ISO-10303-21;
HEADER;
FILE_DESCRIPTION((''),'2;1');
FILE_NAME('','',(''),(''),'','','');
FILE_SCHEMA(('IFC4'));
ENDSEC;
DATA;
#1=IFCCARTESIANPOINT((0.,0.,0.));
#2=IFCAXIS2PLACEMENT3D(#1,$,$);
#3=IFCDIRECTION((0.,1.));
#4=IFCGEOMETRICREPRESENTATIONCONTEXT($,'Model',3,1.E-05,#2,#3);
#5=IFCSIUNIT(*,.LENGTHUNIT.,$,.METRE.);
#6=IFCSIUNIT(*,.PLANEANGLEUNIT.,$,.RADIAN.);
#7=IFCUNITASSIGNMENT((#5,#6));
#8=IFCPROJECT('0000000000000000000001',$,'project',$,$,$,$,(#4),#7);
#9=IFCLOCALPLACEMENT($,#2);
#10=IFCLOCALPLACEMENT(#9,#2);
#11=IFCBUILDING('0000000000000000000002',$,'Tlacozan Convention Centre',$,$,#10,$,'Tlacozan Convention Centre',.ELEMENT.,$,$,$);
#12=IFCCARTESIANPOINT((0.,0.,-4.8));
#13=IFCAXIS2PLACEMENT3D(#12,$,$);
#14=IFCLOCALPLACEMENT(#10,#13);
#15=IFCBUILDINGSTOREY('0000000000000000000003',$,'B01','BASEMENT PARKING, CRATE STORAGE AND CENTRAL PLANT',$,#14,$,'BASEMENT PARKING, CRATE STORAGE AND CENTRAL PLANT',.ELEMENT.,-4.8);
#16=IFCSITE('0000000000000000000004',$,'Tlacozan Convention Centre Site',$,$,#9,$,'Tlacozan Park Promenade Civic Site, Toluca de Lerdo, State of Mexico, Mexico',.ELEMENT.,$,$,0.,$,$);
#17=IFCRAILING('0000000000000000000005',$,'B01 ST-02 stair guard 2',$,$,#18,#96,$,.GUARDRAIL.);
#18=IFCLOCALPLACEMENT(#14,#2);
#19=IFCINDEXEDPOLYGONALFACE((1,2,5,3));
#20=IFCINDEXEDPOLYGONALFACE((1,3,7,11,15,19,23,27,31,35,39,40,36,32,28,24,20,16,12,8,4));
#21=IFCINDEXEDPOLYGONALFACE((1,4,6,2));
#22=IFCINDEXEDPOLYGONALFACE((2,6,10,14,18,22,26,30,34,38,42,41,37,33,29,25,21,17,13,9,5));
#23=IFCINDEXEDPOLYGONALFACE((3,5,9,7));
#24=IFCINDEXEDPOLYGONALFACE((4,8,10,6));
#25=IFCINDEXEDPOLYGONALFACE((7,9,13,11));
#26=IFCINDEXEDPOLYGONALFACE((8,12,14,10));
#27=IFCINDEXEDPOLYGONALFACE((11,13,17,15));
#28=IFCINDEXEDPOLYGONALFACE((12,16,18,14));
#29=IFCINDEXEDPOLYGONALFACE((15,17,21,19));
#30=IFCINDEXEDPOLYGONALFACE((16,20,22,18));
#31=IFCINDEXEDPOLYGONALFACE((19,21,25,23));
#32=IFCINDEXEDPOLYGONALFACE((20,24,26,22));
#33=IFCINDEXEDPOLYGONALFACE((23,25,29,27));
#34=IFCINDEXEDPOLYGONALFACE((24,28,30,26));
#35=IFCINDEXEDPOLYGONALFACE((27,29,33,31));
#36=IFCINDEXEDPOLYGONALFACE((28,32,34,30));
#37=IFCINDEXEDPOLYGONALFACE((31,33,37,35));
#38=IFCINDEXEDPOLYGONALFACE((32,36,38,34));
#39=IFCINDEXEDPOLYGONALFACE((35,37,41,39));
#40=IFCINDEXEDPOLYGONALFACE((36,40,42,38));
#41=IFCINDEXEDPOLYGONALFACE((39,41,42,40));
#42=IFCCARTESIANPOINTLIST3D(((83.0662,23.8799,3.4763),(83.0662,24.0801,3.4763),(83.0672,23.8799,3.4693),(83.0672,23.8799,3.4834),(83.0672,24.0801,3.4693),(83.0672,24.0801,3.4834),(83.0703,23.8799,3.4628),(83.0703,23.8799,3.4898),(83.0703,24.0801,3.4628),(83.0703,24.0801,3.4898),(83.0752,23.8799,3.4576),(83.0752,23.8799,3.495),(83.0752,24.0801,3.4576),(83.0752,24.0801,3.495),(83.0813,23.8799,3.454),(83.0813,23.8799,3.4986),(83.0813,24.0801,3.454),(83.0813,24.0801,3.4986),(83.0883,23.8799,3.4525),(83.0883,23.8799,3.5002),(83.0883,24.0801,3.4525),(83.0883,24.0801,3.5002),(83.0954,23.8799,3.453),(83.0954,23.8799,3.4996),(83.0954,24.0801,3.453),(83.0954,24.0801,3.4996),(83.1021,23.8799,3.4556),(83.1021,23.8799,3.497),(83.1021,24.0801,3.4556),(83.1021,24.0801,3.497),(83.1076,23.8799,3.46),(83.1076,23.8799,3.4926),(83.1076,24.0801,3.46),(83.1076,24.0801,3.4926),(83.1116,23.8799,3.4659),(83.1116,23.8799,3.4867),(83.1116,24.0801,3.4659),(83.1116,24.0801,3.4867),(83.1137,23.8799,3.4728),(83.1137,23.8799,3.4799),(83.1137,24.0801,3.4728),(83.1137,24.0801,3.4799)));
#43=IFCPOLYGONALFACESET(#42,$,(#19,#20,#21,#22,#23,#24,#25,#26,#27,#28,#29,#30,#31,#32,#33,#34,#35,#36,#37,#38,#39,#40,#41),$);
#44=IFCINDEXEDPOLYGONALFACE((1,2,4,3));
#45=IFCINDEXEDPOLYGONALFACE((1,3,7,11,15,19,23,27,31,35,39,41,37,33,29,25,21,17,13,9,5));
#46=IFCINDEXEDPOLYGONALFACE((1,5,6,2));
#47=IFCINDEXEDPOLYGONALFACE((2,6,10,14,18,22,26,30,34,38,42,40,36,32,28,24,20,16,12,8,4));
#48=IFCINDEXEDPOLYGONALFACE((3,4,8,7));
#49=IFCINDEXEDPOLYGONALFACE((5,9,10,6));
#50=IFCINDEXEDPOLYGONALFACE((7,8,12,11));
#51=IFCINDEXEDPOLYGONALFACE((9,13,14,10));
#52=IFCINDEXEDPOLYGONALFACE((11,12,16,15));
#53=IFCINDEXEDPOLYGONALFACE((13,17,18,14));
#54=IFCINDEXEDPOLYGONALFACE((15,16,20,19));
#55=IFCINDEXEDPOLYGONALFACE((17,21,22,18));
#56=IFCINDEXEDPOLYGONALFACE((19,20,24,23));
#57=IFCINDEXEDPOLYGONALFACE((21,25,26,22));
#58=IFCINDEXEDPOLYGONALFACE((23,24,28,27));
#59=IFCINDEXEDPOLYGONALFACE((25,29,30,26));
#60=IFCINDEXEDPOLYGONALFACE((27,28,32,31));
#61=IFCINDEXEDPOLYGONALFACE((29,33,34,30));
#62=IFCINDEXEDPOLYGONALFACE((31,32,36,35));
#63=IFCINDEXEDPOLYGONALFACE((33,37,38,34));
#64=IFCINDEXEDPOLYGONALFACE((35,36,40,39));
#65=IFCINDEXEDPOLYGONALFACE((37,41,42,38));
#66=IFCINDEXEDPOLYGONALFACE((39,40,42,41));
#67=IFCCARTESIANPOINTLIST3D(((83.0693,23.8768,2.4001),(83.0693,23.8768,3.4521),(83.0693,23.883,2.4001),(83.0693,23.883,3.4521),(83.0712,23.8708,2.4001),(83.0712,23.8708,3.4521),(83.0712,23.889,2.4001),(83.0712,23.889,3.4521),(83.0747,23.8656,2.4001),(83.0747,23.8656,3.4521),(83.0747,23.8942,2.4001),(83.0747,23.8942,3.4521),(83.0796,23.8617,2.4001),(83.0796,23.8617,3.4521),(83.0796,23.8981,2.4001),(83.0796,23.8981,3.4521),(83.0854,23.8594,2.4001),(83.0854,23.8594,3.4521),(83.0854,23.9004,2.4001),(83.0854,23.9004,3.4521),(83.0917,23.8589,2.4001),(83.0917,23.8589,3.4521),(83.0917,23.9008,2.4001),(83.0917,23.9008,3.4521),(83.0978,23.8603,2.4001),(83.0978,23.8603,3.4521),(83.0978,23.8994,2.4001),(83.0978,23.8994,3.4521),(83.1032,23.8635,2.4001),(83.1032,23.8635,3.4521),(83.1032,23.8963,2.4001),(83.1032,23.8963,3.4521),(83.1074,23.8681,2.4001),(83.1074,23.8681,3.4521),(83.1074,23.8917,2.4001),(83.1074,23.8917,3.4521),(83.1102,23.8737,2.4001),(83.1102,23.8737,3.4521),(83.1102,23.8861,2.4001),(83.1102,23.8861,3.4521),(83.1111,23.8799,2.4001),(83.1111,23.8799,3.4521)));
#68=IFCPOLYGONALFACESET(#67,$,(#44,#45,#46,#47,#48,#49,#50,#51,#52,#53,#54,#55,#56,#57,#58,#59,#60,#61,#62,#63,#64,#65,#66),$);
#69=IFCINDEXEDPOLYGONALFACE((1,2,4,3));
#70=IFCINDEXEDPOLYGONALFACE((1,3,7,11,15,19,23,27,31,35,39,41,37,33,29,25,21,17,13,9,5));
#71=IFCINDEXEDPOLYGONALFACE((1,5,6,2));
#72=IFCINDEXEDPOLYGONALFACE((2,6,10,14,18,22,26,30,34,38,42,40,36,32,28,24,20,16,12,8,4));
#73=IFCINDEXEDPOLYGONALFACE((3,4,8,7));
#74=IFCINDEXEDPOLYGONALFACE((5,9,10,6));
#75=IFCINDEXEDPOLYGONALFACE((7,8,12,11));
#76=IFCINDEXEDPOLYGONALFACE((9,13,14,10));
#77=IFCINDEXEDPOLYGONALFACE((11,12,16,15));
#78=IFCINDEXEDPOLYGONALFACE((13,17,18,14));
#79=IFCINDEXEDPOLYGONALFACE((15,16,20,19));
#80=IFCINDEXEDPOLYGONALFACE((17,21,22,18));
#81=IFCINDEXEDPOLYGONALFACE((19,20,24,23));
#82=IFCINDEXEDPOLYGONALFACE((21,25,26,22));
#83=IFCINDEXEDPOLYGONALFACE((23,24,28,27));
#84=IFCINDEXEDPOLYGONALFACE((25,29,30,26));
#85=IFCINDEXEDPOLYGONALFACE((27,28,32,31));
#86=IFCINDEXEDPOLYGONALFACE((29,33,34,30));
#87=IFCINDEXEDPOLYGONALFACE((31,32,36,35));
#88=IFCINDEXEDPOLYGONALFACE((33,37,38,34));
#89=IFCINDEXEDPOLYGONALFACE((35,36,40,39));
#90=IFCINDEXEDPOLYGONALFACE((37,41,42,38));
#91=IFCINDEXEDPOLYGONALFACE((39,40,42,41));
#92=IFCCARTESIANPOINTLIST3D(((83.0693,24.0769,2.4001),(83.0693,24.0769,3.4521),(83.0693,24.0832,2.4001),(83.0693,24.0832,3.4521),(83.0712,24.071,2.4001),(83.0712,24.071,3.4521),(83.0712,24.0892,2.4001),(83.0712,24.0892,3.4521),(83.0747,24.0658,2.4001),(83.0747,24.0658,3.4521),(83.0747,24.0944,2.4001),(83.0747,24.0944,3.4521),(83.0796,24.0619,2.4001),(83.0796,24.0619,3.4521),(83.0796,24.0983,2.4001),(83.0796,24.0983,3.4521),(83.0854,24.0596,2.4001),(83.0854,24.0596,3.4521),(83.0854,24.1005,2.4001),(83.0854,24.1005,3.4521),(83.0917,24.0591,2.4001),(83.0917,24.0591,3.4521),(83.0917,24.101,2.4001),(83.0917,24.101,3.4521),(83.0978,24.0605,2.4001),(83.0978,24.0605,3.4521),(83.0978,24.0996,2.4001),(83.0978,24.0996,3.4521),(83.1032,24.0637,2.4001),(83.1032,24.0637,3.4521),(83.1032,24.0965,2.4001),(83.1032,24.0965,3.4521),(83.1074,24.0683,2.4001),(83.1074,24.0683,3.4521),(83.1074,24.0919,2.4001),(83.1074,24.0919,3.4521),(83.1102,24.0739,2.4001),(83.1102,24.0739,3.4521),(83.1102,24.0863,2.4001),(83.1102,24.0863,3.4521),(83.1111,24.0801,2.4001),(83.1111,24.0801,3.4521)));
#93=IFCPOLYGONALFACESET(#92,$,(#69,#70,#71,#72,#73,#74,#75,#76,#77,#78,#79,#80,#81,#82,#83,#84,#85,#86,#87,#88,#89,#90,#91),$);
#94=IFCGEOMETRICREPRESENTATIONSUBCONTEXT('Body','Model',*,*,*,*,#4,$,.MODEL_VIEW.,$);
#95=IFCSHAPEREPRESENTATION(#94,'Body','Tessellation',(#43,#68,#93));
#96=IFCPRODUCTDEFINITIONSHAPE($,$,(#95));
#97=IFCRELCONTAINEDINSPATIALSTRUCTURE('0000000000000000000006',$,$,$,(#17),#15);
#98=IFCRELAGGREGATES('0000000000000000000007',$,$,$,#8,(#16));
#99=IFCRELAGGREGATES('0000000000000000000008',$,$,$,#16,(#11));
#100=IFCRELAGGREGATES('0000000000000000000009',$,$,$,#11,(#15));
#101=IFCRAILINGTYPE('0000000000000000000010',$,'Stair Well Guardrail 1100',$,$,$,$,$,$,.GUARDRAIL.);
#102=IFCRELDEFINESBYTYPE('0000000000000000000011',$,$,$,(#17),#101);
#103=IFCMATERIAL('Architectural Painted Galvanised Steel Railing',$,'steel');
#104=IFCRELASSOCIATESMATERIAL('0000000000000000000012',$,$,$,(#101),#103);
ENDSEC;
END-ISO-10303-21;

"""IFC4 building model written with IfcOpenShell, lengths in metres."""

from ifc_helpers import new_model, si_unit, direction, frame, origin, origin_2d, place, context, subcontext, project, spatial, circle, extrude, material, type_object, element, save


model = new_model("IFC4")

# Units and contexts
model_context = context("Model", 3, precision=1e-05, world=origin(), true_north=direction((0.0, 1.0)))
body_context = subcontext(model_context, "Body", "Model", "MODEL_VIEW")
ifc_project = project(units=[si_unit("LENGTHUNIT", "METRE"), si_unit("PLANEANGLEUNIT", "RADIAN")], contexts=[model_context])

# Site, building, storey
site_placement = place(None, origin())
site = spatial("IfcSite", under=ifc_project, at=site_placement, Name="Tlacozan Convention Centre Site", LongName="Tlacozan Park Promenade Civic Site, Toluca de Lerdo, State of Mexico, Mexico", CompositionType="ELEMENT", RefElevation=0.0)
building_placement = place(site_placement, origin())
building = spatial("IfcBuilding", under=site, at=building_placement, Name="Tlacozan Convention Centre", LongName="Tlacozan Convention Centre", CompositionType="ELEMENT")
storey_placement = place(building_placement, frame((0.0, 0.0, -4.8)))
storey = spatial("IfcBuildingStorey", under=building, at=storey_placement, Name="B01", Description="BASEMENT PARKING, CRATE STORAGE AND CENTRAL PLANT", LongName="BASEMENT PARKING, CRATE STORAGE AND CENTRAL PLANT", CompositionType="ELEMENT", Elevation=-4.8)

# Railing
ifc_material_1 = material(Name="Architectural Painted Galvanised Steel Railing", Category="steel")
railing_type_1 = type_object("IfcRailingType", Name="Stair Well Guardrail 1100", PredefinedType="GUARDRAIL", material=ifc_material_1)
railing_1_placement = place(storey_placement, frame((83.0901, 23.8799, 2.4001)))
element("IfcRailing", 1, at=railing_1_placement, inside=storey, type_object=railing_type_1, Name="B01 ST-02 stair guard 2", PredefinedType="GUARDRAIL", context=body_context, shape_type="SweptSolid", body=[
    extrude(circle(Radius=0.0239, at=origin_2d()), frame((0.0, 0.0, 1.0762), z_axis=(0.0, 1.0, 0.0), x_axis=(-1.0, 0.0, 0.0)), (0.0, 0.0, 1.0), 0.2002),
    extrude(circle(Radius=0.021, at=origin_2d()), origin(), (0.0, 0.0, 1.0), 1.052),
    extrude(circle(Radius=0.021, at=origin_2d()), frame((0.0, 0.2002, 0.0)), (0.0, 0.0, 1.0), 1.052),
])

save(model, "model.ifc")
